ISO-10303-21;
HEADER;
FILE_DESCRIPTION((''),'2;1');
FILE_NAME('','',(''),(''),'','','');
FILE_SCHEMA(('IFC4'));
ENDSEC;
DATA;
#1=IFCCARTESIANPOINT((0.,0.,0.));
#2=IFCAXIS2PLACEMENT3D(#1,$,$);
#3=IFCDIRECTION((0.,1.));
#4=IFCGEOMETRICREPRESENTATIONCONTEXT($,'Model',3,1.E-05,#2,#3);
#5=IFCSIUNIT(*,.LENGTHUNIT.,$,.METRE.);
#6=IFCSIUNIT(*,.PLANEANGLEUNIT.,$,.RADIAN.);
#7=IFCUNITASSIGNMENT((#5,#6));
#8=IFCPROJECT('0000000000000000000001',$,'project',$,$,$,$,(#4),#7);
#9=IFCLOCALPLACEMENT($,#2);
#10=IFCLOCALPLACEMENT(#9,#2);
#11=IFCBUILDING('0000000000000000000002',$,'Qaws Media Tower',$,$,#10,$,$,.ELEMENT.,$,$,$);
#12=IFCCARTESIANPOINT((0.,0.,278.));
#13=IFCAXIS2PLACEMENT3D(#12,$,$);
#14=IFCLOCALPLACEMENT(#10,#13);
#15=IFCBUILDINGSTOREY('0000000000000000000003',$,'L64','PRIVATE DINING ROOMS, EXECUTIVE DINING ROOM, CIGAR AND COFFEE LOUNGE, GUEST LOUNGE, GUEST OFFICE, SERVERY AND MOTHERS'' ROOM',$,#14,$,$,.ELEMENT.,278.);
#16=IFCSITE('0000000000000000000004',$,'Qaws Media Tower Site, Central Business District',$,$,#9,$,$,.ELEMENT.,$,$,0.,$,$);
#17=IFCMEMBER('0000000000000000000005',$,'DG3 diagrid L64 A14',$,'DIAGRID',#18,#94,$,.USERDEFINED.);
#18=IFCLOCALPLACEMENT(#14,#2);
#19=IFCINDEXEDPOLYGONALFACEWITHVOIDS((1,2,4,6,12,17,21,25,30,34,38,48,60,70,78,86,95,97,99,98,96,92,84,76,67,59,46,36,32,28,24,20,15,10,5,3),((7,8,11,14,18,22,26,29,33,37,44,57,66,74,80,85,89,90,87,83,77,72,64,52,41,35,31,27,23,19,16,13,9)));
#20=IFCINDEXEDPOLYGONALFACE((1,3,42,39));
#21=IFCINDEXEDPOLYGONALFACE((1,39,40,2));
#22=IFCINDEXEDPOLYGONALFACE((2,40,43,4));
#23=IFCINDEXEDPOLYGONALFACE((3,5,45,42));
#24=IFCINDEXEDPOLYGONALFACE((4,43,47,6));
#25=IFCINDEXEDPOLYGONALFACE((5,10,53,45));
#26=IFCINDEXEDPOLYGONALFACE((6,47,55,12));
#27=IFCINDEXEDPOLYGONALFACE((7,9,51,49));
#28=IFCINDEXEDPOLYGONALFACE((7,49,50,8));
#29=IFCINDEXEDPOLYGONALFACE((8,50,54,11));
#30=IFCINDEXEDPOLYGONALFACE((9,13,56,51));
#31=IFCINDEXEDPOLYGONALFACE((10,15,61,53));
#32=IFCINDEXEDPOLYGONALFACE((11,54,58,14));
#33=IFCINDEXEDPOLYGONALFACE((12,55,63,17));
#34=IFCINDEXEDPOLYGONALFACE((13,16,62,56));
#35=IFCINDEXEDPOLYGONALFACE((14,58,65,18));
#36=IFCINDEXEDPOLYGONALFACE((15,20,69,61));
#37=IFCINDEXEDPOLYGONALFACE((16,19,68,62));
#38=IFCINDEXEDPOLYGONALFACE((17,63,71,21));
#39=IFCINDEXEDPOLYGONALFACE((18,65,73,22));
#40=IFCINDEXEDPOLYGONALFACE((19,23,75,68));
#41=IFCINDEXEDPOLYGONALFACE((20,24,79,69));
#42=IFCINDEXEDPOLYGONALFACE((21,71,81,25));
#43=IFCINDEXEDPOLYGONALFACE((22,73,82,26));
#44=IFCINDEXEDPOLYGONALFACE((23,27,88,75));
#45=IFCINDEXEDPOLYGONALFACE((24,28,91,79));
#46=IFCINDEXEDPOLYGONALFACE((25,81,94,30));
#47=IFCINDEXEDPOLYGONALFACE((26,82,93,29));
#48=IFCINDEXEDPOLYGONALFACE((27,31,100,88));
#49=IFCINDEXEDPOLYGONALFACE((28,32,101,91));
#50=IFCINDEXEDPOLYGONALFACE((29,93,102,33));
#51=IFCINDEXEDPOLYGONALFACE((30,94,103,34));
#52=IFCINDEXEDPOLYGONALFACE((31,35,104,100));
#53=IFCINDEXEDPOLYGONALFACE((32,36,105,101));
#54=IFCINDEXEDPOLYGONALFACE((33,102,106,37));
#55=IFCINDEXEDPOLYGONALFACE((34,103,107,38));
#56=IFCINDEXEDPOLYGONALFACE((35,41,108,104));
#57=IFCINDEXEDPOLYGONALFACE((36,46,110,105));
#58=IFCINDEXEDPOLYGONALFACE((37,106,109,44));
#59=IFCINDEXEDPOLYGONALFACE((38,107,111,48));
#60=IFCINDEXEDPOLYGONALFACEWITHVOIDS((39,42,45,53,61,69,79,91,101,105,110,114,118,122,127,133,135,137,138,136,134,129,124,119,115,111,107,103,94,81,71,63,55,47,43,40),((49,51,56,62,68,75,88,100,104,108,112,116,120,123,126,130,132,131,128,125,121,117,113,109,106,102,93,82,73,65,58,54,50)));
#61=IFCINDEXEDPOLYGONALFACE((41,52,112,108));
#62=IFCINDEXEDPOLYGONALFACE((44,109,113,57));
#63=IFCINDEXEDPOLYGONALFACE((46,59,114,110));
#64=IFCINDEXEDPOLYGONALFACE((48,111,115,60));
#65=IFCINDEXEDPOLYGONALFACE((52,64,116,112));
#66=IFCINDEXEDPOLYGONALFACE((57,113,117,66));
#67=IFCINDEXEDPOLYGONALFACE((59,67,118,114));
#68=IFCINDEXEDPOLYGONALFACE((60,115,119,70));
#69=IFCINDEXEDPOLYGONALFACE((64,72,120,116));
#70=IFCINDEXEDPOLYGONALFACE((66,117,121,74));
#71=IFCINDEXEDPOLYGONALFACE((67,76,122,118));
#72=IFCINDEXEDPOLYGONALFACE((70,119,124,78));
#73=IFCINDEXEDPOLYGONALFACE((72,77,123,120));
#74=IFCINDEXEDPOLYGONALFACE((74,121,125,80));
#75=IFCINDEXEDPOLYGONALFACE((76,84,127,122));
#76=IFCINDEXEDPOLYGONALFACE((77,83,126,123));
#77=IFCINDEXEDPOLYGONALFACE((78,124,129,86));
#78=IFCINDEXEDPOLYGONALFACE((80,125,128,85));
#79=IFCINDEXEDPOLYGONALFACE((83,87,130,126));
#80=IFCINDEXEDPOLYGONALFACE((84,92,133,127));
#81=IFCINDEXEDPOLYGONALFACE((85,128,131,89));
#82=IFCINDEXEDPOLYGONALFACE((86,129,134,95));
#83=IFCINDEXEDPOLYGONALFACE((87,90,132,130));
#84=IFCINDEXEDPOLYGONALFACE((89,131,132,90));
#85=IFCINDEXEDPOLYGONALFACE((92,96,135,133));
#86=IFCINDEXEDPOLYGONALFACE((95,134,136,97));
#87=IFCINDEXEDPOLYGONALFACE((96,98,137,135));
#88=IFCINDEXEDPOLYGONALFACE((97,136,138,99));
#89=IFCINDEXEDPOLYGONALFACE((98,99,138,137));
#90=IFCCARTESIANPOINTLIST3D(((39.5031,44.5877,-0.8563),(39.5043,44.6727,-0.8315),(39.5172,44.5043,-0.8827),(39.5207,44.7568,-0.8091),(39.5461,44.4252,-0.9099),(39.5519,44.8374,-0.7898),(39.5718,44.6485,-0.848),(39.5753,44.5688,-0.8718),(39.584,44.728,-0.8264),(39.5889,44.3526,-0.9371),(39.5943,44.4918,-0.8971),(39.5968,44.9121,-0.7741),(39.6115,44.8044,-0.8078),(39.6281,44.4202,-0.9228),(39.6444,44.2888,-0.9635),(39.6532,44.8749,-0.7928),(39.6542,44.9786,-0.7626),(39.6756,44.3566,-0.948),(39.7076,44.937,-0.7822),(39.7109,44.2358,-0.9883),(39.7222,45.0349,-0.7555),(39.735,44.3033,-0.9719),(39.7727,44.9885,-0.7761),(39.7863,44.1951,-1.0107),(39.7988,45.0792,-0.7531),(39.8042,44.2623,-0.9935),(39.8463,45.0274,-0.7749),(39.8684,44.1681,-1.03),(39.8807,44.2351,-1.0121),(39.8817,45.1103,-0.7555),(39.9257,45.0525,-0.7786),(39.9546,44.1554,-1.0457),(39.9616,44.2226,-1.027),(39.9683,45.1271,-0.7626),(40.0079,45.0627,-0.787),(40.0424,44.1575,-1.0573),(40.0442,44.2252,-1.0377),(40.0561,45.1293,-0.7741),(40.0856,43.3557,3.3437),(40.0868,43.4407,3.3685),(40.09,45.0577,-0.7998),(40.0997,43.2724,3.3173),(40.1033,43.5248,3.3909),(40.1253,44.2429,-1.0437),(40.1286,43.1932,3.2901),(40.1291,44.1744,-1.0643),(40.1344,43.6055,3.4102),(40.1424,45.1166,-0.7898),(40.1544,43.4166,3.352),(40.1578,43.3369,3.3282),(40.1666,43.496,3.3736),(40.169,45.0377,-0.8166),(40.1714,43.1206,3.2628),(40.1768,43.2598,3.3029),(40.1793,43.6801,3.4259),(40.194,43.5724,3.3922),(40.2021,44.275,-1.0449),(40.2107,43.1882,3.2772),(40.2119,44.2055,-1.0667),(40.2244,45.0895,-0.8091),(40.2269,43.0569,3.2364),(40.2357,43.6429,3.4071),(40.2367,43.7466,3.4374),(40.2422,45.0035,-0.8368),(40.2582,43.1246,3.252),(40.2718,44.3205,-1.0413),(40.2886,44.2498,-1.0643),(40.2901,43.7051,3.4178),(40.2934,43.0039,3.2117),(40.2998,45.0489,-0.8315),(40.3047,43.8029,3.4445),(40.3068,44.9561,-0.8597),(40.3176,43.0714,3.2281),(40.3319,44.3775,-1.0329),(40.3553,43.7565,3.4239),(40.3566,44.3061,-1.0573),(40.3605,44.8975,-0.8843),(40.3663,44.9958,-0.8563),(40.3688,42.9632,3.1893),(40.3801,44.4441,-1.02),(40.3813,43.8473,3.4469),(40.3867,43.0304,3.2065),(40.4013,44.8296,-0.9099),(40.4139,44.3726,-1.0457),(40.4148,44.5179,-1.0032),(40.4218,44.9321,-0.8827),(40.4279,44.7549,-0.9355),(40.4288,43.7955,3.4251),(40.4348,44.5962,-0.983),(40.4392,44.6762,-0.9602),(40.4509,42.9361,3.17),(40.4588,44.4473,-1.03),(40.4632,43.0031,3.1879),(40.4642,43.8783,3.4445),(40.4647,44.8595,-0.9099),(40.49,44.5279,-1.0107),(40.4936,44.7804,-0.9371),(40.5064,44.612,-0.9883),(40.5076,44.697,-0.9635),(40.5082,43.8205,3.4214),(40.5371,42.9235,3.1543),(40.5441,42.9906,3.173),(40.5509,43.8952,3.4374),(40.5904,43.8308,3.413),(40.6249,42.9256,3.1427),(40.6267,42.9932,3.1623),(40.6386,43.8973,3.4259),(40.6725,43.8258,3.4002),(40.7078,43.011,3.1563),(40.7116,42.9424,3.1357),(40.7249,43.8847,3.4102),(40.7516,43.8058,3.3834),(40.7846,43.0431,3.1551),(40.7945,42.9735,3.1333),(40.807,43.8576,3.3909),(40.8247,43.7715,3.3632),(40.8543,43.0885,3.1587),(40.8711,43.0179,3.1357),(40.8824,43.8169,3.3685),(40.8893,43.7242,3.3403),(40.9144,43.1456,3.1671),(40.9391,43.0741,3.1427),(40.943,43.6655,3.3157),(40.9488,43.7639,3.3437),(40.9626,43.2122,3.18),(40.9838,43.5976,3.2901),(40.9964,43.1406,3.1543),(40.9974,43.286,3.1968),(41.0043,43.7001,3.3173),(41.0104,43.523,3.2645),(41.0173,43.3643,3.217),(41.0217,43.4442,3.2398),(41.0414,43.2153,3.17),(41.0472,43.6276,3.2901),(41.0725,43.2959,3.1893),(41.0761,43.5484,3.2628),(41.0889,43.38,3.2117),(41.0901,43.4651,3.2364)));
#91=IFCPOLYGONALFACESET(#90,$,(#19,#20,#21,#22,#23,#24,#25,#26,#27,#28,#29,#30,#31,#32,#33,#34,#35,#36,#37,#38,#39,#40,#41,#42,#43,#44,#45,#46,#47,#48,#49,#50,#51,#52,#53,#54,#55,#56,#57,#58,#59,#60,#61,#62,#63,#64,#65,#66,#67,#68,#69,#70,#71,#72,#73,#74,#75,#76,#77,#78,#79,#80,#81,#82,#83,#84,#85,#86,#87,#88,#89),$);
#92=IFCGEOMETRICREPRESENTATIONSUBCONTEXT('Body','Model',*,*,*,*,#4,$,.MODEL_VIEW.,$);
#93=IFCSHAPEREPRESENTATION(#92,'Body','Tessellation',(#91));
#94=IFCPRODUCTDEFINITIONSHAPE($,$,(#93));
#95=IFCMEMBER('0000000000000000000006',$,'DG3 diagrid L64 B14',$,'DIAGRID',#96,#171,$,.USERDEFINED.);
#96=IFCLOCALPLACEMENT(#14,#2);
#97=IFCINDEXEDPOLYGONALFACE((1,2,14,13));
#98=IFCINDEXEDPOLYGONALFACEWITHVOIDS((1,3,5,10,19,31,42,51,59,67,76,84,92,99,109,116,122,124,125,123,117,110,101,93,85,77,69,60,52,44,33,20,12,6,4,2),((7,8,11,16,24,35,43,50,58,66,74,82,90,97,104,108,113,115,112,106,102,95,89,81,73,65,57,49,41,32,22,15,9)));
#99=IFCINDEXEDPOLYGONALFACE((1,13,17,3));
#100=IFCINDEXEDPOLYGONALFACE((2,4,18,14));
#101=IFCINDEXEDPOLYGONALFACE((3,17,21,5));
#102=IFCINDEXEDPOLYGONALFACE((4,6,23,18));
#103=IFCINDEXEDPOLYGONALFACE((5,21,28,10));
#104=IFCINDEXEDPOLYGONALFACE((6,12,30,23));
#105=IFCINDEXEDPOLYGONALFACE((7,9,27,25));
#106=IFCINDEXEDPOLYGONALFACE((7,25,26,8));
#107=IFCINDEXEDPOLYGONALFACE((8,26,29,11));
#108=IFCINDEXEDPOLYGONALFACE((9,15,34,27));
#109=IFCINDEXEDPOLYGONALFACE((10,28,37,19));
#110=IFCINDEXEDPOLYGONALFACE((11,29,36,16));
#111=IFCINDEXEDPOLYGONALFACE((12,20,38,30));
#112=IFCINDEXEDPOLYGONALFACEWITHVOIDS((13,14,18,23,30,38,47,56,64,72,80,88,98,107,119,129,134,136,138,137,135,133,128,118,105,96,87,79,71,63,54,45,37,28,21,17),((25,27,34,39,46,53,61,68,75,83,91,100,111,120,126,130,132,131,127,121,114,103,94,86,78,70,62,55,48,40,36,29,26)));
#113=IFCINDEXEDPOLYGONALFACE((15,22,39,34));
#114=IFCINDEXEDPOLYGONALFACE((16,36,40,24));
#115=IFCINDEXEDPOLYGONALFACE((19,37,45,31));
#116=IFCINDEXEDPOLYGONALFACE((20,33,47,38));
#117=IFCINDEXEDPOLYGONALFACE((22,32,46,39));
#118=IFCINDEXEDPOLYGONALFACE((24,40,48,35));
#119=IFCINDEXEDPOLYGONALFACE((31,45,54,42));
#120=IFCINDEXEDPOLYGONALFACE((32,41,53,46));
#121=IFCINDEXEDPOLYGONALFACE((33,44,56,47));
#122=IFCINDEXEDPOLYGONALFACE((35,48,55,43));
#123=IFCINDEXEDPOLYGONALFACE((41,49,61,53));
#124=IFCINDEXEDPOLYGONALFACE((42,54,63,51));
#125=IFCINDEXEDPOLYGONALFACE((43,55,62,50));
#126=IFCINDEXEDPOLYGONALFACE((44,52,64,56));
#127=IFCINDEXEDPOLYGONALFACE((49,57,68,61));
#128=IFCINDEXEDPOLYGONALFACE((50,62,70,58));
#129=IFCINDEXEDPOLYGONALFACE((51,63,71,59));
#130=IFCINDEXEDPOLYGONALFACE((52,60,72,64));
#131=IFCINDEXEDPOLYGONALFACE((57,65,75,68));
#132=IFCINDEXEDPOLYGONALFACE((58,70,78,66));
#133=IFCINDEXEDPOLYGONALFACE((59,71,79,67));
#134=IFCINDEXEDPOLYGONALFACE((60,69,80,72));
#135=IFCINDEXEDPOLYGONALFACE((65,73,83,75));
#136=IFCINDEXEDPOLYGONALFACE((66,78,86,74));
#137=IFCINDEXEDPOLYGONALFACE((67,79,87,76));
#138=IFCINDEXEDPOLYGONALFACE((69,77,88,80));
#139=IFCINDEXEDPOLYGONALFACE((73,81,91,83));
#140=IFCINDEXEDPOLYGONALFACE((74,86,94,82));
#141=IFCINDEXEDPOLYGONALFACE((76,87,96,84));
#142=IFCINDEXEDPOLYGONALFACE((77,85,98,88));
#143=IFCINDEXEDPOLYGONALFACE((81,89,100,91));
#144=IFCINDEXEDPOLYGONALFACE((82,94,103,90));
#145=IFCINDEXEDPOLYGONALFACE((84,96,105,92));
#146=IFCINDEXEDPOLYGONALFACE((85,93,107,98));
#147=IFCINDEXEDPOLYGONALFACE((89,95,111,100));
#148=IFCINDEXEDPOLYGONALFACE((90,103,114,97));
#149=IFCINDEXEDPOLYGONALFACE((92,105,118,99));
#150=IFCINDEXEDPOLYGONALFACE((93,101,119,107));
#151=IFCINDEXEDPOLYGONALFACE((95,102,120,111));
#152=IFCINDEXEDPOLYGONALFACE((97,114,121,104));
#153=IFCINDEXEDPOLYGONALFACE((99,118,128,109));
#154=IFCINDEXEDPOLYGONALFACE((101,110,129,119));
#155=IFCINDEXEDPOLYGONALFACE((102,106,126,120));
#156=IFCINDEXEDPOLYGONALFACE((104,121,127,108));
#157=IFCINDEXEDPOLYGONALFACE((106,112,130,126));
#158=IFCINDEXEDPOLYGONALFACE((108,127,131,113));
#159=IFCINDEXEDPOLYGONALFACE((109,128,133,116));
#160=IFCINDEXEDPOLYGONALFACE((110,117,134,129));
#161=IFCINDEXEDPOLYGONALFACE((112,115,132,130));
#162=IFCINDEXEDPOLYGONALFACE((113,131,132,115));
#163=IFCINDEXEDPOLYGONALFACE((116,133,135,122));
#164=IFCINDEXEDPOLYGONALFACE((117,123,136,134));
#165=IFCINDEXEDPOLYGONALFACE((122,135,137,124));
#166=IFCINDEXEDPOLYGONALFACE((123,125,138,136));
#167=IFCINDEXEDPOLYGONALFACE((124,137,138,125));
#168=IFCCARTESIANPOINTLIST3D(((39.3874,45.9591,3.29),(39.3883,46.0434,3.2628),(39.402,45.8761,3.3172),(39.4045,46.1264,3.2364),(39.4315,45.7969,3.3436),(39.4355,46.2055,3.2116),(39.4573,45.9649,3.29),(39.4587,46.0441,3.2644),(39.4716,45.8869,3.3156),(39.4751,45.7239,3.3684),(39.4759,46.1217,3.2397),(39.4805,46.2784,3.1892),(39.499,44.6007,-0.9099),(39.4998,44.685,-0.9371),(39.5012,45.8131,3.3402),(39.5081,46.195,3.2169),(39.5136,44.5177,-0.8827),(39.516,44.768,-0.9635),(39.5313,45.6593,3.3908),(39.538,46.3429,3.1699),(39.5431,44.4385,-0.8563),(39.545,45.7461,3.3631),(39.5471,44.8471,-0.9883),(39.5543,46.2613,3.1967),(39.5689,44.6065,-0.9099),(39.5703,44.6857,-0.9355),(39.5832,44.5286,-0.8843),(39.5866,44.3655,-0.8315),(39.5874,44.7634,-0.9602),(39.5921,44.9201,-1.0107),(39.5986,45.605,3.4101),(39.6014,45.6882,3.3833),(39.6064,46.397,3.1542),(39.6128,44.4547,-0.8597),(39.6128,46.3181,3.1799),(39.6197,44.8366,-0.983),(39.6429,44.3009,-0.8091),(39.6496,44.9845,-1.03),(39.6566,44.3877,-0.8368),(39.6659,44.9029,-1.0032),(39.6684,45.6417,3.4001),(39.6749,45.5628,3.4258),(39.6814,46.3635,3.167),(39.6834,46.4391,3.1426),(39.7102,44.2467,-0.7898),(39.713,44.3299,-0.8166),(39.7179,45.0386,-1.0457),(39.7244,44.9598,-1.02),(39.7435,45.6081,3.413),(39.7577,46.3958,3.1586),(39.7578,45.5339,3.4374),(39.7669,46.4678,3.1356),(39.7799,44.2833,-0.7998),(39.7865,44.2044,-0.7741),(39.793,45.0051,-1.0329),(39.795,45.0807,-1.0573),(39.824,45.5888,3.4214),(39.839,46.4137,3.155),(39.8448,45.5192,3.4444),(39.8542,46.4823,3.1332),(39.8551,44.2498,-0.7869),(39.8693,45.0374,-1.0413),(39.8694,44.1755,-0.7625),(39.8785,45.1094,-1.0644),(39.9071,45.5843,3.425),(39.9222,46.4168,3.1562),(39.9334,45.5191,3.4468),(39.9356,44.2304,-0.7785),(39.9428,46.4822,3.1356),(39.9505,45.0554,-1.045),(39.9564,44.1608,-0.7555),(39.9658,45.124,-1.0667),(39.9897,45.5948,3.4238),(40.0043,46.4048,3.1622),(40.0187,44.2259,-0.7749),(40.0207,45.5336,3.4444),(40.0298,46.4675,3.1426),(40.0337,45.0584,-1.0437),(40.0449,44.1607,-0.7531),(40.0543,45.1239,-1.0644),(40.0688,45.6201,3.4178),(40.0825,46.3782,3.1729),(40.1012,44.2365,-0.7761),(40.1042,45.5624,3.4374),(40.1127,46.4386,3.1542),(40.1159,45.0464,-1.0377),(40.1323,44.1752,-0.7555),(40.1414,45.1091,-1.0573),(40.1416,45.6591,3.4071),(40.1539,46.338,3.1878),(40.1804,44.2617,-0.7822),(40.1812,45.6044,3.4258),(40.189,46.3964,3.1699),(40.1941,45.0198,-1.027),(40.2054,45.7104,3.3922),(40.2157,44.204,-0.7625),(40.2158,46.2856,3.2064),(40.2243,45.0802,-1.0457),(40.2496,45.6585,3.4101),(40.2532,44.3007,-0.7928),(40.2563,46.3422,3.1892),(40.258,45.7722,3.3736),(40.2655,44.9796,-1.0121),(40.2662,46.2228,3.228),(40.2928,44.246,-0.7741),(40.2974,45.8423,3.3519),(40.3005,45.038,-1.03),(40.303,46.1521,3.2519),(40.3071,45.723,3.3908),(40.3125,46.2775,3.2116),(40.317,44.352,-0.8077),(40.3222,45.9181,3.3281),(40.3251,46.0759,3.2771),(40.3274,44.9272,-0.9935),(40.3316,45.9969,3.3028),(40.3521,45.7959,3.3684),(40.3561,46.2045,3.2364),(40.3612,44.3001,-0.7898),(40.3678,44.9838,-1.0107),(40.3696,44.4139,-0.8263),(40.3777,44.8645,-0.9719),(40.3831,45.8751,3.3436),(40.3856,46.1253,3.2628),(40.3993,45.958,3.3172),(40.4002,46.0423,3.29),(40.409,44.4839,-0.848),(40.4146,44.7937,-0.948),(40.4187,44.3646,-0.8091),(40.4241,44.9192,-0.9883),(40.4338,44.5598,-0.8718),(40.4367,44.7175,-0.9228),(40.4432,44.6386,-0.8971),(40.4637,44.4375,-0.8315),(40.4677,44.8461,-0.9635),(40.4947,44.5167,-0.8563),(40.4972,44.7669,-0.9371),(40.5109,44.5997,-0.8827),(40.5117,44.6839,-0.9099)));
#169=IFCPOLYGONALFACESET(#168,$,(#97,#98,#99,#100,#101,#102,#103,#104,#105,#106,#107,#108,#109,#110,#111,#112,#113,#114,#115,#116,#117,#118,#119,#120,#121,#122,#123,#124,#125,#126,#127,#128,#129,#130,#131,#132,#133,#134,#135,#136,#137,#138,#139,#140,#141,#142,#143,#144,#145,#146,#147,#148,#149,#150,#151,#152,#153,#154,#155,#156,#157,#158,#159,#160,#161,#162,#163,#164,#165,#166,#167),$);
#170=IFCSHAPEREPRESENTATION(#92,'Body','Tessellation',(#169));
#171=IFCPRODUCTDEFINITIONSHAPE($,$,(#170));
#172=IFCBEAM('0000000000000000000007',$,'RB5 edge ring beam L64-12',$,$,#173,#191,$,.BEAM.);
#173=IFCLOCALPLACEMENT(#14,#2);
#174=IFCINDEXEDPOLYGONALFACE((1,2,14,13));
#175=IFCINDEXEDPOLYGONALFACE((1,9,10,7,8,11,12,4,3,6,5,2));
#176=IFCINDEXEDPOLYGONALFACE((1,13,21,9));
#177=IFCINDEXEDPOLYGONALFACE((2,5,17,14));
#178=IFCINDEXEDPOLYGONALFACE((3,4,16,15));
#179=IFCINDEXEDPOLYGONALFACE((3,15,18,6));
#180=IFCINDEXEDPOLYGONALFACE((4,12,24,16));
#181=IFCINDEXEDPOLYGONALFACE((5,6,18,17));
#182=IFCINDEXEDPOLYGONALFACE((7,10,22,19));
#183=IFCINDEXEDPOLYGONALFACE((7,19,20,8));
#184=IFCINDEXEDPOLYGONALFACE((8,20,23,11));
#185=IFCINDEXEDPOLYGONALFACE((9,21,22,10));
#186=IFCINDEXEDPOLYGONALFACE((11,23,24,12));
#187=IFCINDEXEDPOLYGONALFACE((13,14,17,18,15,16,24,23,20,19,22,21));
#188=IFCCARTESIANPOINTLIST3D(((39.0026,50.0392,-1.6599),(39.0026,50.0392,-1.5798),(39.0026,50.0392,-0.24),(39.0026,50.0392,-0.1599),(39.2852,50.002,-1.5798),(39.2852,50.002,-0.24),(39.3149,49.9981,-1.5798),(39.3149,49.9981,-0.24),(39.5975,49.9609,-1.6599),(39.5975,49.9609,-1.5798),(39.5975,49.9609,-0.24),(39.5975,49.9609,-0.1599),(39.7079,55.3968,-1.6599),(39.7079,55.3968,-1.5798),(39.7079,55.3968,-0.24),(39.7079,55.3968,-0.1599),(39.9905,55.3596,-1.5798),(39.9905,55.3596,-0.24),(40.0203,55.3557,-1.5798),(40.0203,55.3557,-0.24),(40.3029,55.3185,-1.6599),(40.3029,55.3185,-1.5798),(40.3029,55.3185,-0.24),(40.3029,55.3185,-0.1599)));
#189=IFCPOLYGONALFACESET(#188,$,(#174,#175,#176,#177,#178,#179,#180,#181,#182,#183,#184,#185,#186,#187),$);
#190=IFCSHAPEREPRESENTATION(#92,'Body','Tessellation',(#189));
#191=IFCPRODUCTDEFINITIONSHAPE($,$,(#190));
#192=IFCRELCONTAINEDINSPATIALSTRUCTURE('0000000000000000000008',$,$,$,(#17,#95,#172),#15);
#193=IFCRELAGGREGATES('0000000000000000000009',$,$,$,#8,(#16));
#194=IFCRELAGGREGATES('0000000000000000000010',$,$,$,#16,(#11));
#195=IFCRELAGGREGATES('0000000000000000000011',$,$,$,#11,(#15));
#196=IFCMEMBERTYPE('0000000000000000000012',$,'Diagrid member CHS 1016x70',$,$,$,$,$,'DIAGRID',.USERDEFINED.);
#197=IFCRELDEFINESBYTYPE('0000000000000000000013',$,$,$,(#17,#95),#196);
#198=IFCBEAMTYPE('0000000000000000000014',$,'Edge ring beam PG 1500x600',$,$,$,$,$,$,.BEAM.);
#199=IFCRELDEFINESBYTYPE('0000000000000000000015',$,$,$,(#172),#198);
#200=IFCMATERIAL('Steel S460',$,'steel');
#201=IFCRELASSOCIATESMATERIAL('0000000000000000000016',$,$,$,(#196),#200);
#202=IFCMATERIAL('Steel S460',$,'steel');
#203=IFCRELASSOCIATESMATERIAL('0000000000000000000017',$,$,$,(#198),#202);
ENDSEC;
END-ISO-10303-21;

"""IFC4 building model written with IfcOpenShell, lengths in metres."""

from ifc_helpers import new_model, si_unit, direction, frame, origin, origin_2d, place, context, subcontext, project, spatial, hollow_circle, i_section, extrude, material, material_profile, profile_set, type_object, element, save


model = new_model("IFC4")

# Units and contexts
model_context = context("Model", 3, precision=1e-05, world=origin(), true_north=direction((0.0, 1.0)))
body_context = subcontext(model_context, "Body", "Model", "MODEL_VIEW")
ifc_project = project(units=[si_unit("LENGTHUNIT", "METRE"), si_unit("PLANEANGLEUNIT", "RADIAN")], contexts=[model_context])

# Site, building, storey
site_placement = place(None, origin())
site = spatial("IfcSite", under=ifc_project, at=site_placement, Name="Qaws Media Tower Site, Central Business District", CompositionType="ELEMENT", RefElevation=0.0)
building_placement = place(site_placement, origin())
building = spatial("IfcBuilding", under=site, at=building_placement, Name="Qaws Media Tower", CompositionType="ELEMENT")
storey_placement = place(building_placement, frame((0.0, 0.0, 278.0)))
storey = spatial("IfcBuildingStorey", under=building, at=storey_placement, Name="L64", Description="PRIVATE DINING ROOMS, EXECUTIVE DINING ROOM, CIGAR AND COFFEE LOUNGE, GUEST LOUNGE, GUEST OFFICE, SERVERY AND MOTHERS' ROOM", CompositionType="ELEMENT", Elevation=278.0)

# Members
ifc_material_1 = material(Name="Steel S460", Category="steel")
ifc_material_profile_1 = material_profile(ifc_material_1, hollow_circle(Radius=0.5081, WallThickness=0.0701, at=origin_2d()), Name="CHS 1016x70")
ifc_profile_set_1 = profile_set([ifc_material_profile_1], Name="Steel S460")
member_type_1 = type_object("IfcMemberType", Name="Diagrid member CHS 1016x70", ElementType="DIAGRID", PredefinedType="USERDEFINED", material=ifc_profile_set_1)
for number, where, z_axis, x_axis, name in (
    (1, (40.0054, 44.6423, -0.9099), (0.131926, -0.279002, 0.951185), (0.904029, 0.42747, 0.0), "DG3 diagrid L64 A14"),
    (2, (40.0054, 44.6423, -0.9099), (-0.025268, 0.307638, 0.951168), (-0.996644, -0.081859, 0.0), "DG3 diagrid L64 B14"),
):
    element("IfcMember", number, at=place(storey_placement, frame(where, z_axis=z_axis, x_axis=x_axis)), inside=storey, type_object=member_type_1, Name=name, ObjectType="DIAGRID", PredefinedType="USERDEFINED", context=body_context, shape_type="SweptSolid", body=[
        extrude(hollow_circle(Radius=0.5081, WallThickness=0.0701, at=origin_2d()), origin(), (0.0, 0.0, 1.0), 4.4155),
    ])

# Beam
ifc_material_2 = material(Name="Steel S460", Category="steel")
ifc_material_profile_2 = material_profile(ifc_material_2, i_section(OverallWidth=0.6001, OverallDepth=1.5, WebThickness=0.03, FlangeThickness=0.0801, at=origin_2d()), Name="PG 1500x600")
ifc_profile_set_2 = profile_set([ifc_material_profile_2], Name="Steel S460")
beam_type = type_object("IfcBeamType", Name="Edge ring beam PG 1500x600", PredefinedType="BEAM", material=ifc_profile_set_2)
for number, where, z_axis, x_axis, name in (
    (3, (40.0054, 55.3577, -0.9099), (-0.130521, -0.991446, 0.0), (0.991446, -0.130521, 0.0), "RB5 edge ring beam L64-12"),
):
    element("IfcBeam", number, at=place(storey_placement, frame(where, z_axis=z_axis, x_axis=x_axis)), inside=storey, type_object=beam_type, Name=name, PredefinedType="BEAM", context=body_context, shape_type="SweptSolid", body=[
        extrude(i_section(OverallWidth=0.6001, OverallDepth=1.5, WebThickness=0.03, FlangeThickness=0.0801, at=origin_2d()), origin(), (0.0, 0.0, 1.0), 5.4038),
    ])

save(model, "model.ifc")
